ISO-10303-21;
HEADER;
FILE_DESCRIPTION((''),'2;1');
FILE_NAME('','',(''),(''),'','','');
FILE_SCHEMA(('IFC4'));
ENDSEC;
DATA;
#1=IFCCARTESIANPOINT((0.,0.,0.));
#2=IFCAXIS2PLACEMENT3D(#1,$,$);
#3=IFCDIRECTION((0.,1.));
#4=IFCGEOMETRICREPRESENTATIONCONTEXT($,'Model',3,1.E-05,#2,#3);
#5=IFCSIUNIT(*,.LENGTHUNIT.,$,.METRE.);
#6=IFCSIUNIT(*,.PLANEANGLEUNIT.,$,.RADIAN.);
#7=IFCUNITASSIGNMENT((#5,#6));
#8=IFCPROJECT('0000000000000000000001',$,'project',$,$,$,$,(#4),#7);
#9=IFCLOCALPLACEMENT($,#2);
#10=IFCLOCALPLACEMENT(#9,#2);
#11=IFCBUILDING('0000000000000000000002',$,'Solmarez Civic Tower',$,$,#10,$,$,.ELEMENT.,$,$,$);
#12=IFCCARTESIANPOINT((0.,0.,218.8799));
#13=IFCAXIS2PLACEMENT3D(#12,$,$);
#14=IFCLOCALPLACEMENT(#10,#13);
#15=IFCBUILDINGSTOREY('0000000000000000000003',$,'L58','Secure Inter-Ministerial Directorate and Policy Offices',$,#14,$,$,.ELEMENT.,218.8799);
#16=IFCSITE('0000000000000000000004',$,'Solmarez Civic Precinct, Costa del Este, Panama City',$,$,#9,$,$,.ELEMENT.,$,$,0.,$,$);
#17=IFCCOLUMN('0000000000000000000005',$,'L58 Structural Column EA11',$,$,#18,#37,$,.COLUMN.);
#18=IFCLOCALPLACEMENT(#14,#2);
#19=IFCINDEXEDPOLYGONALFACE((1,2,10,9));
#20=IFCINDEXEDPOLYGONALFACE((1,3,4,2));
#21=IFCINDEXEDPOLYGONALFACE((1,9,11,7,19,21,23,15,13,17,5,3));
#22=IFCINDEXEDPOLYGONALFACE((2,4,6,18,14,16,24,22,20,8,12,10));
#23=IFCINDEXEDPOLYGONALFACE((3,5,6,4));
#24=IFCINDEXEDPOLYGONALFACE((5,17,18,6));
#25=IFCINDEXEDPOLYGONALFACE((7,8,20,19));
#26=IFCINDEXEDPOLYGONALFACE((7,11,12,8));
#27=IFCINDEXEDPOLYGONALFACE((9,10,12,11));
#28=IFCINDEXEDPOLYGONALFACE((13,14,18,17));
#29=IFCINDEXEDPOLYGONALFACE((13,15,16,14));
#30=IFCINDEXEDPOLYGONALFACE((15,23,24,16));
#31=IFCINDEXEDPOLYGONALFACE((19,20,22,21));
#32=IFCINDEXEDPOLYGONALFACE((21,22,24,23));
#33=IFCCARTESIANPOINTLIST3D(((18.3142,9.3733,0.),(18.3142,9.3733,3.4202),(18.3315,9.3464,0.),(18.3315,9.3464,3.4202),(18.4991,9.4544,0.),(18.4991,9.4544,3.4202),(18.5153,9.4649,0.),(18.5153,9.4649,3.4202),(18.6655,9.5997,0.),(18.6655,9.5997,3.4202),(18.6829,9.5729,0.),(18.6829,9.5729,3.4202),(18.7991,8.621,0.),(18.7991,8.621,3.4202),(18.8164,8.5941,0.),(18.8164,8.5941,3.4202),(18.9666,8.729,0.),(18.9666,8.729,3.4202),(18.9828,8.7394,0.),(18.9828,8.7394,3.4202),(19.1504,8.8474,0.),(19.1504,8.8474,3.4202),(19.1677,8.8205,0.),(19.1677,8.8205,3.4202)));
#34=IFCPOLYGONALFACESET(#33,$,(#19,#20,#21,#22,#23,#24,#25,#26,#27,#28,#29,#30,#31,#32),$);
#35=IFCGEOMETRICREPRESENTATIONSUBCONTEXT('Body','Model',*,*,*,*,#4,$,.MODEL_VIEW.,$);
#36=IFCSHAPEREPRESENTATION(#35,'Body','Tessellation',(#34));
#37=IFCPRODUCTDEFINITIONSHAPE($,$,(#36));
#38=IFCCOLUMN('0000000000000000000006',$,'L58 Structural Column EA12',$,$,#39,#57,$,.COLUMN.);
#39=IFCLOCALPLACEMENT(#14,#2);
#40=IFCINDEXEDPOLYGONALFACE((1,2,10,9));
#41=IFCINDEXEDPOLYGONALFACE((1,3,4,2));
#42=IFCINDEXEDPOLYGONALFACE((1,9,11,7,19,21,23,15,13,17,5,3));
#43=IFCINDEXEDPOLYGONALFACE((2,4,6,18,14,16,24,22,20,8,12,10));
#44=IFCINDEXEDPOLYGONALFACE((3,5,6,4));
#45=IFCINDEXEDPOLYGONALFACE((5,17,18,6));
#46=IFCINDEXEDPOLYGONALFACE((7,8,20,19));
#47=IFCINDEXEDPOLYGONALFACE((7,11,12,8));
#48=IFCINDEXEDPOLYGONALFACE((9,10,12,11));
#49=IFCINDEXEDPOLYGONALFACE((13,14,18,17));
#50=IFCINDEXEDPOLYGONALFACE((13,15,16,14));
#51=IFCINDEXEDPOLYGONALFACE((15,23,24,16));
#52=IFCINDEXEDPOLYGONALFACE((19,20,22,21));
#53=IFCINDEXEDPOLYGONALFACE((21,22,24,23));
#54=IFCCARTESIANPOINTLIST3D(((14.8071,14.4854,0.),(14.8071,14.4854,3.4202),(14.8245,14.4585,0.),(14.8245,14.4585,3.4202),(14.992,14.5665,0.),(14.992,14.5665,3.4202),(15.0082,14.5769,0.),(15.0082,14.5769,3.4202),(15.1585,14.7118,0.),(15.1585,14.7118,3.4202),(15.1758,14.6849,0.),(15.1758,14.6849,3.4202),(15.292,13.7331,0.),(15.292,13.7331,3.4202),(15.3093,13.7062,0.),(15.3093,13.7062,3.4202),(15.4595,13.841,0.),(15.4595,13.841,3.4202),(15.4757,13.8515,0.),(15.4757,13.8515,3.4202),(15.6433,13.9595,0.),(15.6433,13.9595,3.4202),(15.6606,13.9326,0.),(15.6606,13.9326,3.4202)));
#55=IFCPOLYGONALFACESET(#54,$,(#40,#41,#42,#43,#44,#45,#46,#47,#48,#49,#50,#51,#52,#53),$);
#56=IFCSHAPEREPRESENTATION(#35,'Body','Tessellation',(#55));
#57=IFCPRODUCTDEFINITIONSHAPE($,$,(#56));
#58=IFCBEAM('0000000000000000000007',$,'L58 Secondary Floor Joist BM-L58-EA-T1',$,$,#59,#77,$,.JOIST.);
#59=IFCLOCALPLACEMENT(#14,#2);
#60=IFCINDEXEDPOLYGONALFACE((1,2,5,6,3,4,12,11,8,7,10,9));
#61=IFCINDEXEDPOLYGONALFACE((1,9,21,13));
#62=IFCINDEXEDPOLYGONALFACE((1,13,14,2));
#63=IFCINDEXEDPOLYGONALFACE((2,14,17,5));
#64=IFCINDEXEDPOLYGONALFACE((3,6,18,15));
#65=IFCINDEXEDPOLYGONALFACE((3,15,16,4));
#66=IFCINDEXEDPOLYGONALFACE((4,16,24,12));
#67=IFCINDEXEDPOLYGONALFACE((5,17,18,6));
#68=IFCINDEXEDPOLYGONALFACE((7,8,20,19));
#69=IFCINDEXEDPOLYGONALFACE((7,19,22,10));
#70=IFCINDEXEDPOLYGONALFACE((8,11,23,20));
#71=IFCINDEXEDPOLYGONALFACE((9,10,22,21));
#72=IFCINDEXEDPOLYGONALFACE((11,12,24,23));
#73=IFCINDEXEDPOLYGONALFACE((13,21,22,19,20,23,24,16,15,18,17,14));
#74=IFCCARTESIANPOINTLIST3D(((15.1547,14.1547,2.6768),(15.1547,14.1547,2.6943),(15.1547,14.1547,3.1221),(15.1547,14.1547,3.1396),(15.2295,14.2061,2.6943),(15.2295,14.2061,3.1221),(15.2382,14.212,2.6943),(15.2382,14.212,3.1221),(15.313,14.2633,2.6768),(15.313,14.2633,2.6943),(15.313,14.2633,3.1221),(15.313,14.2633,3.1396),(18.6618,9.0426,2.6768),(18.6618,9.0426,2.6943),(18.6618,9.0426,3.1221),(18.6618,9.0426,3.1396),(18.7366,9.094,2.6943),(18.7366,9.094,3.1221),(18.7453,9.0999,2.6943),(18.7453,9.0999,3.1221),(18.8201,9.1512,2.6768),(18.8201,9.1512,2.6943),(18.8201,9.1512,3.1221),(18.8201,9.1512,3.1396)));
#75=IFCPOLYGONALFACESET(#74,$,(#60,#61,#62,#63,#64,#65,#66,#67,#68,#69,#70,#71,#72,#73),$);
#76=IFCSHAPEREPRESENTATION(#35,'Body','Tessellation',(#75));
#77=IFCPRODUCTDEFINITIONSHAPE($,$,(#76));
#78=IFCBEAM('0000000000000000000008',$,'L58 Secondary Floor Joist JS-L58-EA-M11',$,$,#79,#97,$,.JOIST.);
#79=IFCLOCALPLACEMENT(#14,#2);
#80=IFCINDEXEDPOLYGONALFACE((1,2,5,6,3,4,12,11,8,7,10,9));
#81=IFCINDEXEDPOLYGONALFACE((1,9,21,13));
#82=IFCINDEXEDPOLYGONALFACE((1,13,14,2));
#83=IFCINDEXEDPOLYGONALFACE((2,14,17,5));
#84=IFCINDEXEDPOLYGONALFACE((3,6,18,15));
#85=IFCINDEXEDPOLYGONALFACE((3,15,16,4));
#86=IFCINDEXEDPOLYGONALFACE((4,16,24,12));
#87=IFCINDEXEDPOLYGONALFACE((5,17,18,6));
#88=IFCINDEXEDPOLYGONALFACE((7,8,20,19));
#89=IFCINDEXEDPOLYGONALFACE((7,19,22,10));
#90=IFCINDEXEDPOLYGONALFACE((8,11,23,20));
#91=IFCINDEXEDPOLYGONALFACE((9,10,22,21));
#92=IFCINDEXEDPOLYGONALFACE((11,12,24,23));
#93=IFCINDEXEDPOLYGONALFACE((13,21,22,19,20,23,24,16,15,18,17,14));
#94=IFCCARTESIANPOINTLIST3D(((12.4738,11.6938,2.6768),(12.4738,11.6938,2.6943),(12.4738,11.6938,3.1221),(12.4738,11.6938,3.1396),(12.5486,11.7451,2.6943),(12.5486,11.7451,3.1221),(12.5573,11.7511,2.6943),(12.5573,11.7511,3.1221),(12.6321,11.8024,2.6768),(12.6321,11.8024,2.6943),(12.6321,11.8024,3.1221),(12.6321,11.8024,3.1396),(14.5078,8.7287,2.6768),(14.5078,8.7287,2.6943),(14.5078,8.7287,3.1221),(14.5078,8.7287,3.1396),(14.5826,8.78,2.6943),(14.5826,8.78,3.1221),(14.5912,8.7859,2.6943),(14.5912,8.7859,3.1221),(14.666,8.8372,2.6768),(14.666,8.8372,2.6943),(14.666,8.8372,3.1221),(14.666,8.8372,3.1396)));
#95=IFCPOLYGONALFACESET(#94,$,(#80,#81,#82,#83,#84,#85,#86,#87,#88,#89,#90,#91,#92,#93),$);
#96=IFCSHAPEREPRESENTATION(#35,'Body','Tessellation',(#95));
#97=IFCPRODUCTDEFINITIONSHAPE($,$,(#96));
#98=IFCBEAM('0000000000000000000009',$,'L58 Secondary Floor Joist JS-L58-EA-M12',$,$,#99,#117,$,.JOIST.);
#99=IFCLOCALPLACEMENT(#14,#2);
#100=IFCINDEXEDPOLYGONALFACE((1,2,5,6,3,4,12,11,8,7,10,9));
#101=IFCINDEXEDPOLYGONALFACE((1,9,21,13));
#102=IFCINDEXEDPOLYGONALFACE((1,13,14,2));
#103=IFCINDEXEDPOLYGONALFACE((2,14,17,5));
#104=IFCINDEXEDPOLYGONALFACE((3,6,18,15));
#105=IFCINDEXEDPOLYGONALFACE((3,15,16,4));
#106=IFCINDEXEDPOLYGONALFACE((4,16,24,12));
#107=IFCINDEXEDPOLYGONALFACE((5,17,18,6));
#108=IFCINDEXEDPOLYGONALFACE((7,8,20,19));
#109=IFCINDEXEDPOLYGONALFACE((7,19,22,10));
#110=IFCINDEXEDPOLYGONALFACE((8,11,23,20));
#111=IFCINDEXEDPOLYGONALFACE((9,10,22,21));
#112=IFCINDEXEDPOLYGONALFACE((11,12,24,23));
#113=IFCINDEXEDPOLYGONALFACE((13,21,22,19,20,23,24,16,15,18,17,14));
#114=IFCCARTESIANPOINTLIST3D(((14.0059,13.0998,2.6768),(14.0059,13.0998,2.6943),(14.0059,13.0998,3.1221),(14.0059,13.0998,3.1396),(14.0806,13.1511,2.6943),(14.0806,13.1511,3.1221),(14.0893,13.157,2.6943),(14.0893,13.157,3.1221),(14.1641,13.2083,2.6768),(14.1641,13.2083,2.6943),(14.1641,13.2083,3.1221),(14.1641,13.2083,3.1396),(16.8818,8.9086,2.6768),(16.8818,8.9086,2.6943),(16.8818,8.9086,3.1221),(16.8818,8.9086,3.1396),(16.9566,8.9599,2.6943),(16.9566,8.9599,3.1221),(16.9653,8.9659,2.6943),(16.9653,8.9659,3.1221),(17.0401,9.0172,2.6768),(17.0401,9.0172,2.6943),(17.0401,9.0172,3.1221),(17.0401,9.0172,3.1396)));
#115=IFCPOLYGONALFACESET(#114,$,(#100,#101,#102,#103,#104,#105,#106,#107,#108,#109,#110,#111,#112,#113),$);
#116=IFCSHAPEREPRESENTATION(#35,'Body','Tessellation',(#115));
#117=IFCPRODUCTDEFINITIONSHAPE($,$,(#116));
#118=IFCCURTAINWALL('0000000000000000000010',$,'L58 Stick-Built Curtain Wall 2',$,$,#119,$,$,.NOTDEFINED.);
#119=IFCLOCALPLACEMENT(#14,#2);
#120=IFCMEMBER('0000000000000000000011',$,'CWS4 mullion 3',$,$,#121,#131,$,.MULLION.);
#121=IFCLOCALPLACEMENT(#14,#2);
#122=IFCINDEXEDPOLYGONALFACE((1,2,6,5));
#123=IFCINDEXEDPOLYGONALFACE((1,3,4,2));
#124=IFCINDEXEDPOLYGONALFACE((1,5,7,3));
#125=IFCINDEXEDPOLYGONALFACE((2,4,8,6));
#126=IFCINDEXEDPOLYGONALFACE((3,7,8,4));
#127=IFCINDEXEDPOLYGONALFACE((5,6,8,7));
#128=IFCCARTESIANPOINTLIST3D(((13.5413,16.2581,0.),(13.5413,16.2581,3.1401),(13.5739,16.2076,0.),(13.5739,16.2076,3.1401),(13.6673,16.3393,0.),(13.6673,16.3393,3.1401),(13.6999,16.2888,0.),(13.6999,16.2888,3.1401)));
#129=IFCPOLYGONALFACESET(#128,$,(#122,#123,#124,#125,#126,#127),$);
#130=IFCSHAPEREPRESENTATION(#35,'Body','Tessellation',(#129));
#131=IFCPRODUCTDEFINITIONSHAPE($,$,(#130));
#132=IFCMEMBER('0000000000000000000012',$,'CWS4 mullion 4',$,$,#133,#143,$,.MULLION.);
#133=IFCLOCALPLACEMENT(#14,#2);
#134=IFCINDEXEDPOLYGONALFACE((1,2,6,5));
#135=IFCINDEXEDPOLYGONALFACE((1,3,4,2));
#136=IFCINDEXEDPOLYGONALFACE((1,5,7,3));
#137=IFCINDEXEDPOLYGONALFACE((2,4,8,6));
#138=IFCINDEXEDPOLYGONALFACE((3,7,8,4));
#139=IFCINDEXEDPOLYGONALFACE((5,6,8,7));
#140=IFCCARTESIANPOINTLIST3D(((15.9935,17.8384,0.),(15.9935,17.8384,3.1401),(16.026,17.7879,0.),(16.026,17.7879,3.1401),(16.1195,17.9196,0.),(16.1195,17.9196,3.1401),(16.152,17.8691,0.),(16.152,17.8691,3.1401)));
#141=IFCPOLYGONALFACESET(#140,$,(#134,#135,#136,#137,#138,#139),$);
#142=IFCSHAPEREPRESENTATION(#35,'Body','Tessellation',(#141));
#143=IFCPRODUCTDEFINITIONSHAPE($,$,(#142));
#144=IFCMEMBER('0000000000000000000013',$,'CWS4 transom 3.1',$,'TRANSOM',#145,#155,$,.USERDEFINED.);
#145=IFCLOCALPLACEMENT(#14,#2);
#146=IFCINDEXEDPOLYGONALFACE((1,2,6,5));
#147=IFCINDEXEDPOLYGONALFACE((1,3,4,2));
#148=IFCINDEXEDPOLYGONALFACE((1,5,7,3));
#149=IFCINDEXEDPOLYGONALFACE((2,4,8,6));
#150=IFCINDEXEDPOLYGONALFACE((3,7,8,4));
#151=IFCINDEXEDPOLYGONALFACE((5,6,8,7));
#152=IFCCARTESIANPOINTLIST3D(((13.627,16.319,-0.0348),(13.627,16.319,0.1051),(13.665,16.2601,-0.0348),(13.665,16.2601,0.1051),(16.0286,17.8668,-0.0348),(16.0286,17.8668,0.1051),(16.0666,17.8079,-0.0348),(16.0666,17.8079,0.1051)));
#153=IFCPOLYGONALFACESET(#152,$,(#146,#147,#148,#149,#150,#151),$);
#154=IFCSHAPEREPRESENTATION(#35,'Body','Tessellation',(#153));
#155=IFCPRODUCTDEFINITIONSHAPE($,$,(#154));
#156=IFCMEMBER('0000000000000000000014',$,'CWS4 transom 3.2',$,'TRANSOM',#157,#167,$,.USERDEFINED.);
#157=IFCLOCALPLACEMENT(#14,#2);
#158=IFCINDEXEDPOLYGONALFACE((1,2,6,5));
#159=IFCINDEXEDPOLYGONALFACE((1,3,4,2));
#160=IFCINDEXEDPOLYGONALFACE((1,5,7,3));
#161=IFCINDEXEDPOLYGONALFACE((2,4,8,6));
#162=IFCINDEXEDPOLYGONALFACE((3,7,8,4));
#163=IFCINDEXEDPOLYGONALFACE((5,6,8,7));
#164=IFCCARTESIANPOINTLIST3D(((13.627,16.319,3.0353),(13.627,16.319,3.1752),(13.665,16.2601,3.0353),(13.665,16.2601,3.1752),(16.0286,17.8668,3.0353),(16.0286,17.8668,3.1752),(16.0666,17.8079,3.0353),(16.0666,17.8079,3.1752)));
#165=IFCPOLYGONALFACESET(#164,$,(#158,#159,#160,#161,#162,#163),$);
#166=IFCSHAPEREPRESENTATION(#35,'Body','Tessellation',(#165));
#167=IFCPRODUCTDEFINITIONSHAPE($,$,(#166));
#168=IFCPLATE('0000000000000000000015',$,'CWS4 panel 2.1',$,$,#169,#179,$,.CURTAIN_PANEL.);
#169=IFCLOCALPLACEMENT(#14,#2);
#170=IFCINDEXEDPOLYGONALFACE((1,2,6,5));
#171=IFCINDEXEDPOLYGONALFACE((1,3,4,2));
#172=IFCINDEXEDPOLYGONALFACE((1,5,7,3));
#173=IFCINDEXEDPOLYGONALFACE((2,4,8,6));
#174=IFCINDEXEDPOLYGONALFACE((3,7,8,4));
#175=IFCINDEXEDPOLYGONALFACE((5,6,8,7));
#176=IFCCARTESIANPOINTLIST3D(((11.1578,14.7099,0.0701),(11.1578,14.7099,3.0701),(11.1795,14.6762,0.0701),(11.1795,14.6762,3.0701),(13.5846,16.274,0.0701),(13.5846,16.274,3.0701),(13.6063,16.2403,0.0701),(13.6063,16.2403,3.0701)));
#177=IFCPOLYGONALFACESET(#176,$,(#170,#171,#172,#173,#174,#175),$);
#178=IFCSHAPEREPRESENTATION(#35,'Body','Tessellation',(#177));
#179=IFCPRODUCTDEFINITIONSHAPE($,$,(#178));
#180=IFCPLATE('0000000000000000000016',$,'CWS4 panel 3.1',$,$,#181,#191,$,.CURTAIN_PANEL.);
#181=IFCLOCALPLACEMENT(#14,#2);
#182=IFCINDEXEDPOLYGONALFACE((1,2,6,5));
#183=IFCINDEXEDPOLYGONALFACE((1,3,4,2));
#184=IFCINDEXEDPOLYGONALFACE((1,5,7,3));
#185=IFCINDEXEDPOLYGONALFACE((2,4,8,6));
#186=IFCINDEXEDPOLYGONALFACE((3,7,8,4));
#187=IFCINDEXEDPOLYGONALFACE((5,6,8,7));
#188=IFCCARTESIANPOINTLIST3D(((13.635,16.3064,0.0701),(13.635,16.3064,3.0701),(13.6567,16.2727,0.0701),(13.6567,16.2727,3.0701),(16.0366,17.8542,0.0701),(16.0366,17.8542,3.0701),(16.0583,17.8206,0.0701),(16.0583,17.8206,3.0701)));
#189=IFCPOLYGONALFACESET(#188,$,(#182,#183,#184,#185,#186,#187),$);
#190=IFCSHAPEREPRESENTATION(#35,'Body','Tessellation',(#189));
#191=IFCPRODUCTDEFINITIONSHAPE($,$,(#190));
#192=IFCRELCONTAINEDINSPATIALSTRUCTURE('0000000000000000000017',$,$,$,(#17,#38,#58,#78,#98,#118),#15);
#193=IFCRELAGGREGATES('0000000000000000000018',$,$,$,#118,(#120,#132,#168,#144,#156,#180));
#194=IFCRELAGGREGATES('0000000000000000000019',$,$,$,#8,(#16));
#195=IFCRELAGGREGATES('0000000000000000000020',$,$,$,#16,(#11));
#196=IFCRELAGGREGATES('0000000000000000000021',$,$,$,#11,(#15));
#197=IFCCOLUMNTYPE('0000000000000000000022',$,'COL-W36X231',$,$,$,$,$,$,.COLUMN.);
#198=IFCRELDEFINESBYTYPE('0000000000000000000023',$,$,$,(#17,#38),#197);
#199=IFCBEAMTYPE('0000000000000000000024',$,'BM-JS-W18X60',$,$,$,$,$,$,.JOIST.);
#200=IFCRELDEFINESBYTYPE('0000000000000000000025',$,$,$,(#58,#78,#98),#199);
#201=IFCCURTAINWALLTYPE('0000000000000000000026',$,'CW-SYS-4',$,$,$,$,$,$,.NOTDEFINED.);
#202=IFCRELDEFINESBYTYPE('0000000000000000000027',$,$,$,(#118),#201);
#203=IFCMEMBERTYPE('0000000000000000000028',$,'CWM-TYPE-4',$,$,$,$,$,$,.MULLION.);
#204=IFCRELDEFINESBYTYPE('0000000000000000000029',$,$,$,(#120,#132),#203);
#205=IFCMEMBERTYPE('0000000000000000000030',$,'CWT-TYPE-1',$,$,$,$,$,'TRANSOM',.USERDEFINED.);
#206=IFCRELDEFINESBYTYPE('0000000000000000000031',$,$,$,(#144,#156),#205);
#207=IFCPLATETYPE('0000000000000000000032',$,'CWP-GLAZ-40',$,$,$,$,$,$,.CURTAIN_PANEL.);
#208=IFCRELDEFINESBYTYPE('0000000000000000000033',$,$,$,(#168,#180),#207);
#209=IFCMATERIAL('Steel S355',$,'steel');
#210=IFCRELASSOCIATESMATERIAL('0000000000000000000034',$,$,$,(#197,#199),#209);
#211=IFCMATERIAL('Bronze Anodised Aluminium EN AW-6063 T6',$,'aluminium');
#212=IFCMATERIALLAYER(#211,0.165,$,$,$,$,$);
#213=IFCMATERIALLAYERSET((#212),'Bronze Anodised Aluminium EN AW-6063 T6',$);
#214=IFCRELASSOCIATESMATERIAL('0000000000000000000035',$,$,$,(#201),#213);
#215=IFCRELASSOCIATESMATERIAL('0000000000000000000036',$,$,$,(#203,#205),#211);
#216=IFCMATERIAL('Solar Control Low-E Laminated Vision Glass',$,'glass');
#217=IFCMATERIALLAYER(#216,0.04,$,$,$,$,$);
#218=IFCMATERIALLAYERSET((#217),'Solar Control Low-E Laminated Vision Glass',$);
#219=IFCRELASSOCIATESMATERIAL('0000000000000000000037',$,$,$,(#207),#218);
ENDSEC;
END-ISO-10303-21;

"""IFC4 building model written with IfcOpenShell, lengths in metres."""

from ifc_helpers import new_model, si_unit, direction, frame, origin, origin_2d, place, context, subcontext, project, spatial, rectangle, i_section, extrude, material, layer, layer_set, material_profile, profile_set, type_object, element, aggregate, save


model = new_model("IFC4")

# Units and contexts
model_context = context("Model", 3, precision=1e-05, world=origin(), true_north=direction((0.0, 1.0)))
body_context = subcontext(model_context, "Body", "Model", "MODEL_VIEW")
ifc_project = project(units=[si_unit("LENGTHUNIT", "METRE"), si_unit("PLANEANGLEUNIT", "RADIAN")], contexts=[model_context])

# Site, building, storey
site_placement = place(None, origin())
site = spatial("IfcSite", under=ifc_project, at=site_placement, Name="Solmarez Civic Precinct, Costa del Este, Panama City", CompositionType="ELEMENT", RefElevation=0.0)
building_placement = place(site_placement, origin())
building = spatial("IfcBuilding", under=site, at=building_placement, Name="Solmarez Civic Tower", CompositionType="ELEMENT")
storey_placement = place(building_placement, frame((0.0, 0.0, 218.8799)))
storey = spatial("IfcBuildingStorey", under=building, at=storey_placement, Name="L58", Description="Secure Inter-Ministerial Directorate and Policy Offices", CompositionType="ELEMENT", Elevation=218.8799)

# Columns
ifc_material_1 = material(Name="Steel S355", Category="steel")
ifc_material_profile_1 = material_profile(ifc_material_1, i_section(OverallWidth=0.418, OverallDepth=0.927, WebThickness=0.0193, FlangeThickness=0.032, at=origin_2d()), Name="W36X231")
ifc_profile_set_1 = profile_set([ifc_material_profile_1], Name="Steel S355")
column_type = type_object("IfcColumnType", Name="COL-W36X231", PredefinedType="COLUMN", material=ifc_profile_set_1)
for number, where, z_axis, x_axis, name in (
    (1, (18.741, 9.0969, 0.0), (0.0, 0.0, 1.0), (0.840567, 0.541708, 0.0), "L58 Structural Column EA11"),
    (2, (15.2339, 14.209, 0.0), (0.0, 0.0, 1.0), (0.840567, 0.541708, 0.0), "L58 Structural Column EA12"),
):
    element("IfcColumn", number, at=place(storey_placement, frame(where, z_axis=z_axis, x_axis=x_axis)), inside=storey, type_object=column_type, Name=name, PredefinedType="COLUMN", context=body_context, shape_type="SweptSolid", body=[
        extrude(i_section(OverallWidth=0.418, OverallDepth=0.927, WebThickness=0.0193, FlangeThickness=0.032, at=origin_2d()), origin(), (0.0, 0.0, 1.0), 3.4202),
    ])

# Beams
ifc_material_profile_2 = material_profile(ifc_material_1, i_section(OverallWidth=0.1919, OverallDepth=0.4629, WebThickness=0.0105, FlangeThickness=0.0176, at=origin_2d()), Name="W18X60")
ifc_profile_set_2 = profile_set([ifc_material_profile_2], Name="Steel S355")
beam_type = type_object("IfcBeamType", Name="BM-JS-W18X60", PredefinedType="JOIST", material=ifc_profile_set_2)
beam_1_placement = place(storey_placement, frame((18.741, 9.0969, 2.9082), z_axis=(-0.565711, 0.824603, 0.0), x_axis=(-0.824603, -0.565711, 0.0)))
element("IfcBeam", 3, at=beam_1_placement, inside=storey, type_object=beam_type, Name="L58 Secondary Floor Joist BM-L58-EA-T1", PredefinedType="JOIST", context=body_context, shape_type="SweptSolid", body=[
    extrude(i_section(OverallWidth=0.1919, OverallDepth=0.4629, WebThickness=0.0105, FlangeThickness=0.0176, at=origin_2d()), origin(), (0.0, 0.0, 1.0), 6.1995),
])
beam_2_placement = place(storey_placement, frame((14.5869, 8.783, 2.9082), z_axis=(-0.565667, 0.824634, 0.0), x_axis=(-0.824634, -0.565667, 0.0)))
element("IfcBeam", 4, at=beam_2_placement, inside=storey, type_object=beam_type, Name="L58 Secondary Floor Joist JS-L58-EA-M11", PredefinedType="JOIST", context=body_context, shape_type="SweptSolid", body=[
    extrude(i_section(OverallWidth=0.1919, OverallDepth=0.4629, WebThickness=0.0105, FlangeThickness=0.0176, at=origin_2d()), origin(), (0.0, 0.0, 1.0), 3.5957),
])
beam_3_placement = place(storey_placement, frame((16.9609, 8.9629, 2.9082), z_axis=(-0.565801, 0.824542, 0.0), x_axis=(-0.824542, -0.565801, 0.0)))
element("IfcBeam", 5, at=beam_3_placement, inside=storey, type_object=beam_type, Name="L58 Secondary Floor Joist JS-L58-EA-M12", PredefinedType="JOIST", context=body_context, shape_type="SweptSolid", body=[
    extrude(i_section(OverallWidth=0.1919, OverallDepth=0.4629, WebThickness=0.0105, FlangeThickness=0.0176, at=origin_2d()), origin(), (0.0, 0.0, 1.0), 5.083),
])

# Curtain wall, members, plates
ifc_material_2 = material(Name="Bronze Anodised Aluminium EN AW-6063 T6", Category="aluminium")
ifc_layer_1 = layer(ifc_material_2, 0.165)
ifc_layer_set_1 = layer_set([ifc_layer_1], Name="Bronze Anodised Aluminium EN AW-6063 T6")
curtain_wall_type = type_object("IfcCurtainWallType", Name="CW-SYS-4", PredefinedType="NOTDEFINED", material=ifc_layer_set_1)
curtain_wall_placement = place(storey_placement, origin())
curtain_wall = element("IfcCurtainWall", 6, at=curtain_wall_placement, inside=storey, type_object=curtain_wall_type, Name="L58 Stick-Built Curtain Wall 2", PredefinedType="NOTDEFINED")
ifc_material_profile_3 = material_profile(ifc_material_2, rectangle(XDim=0.0601, YDim=0.1499, at=origin_2d()), Name="CWM-60X150")
ifc_profile_set_3 = profile_set([ifc_material_profile_3], Name="Bronze Anodised Aluminium EN AW-6063 T6")
member_type_1 = type_object("IfcMemberType", Name="CWM-TYPE-4", PredefinedType="MULLION", material=ifc_profile_set_3)
member_1_placement = place(storey_placement, frame((13.6206, 16.2734, 0.0), z_axis=(0.0, 0.0, 1.0), x_axis=(-0.54174, 0.840546, 0.0)))
member_1 = element("IfcMember", 7, at=member_1_placement, type_object=member_type_1, Name="CWS4 mullion 3", PredefinedType="MULLION", context=body_context, shape_type="SweptSolid", body=[
    extrude(rectangle(XDim=0.0601, YDim=0.1499, at=origin_2d()), origin(), (0.0, 0.0, 1.0), 3.1401),
])
member_2_placement = place(storey_placement, frame((16.0728, 17.8538, 0.0), z_axis=(0.0, 0.0, 1.0), x_axis=(-0.54174, 0.840546, 0.0)))
member_2 = element("IfcMember", 8, at=member_2_placement, type_object=member_type_1, Name="CWS4 mullion 4", PredefinedType="MULLION", context=body_context, shape_type="SweptSolid", body=[
    extrude(rectangle(XDim=0.0601, YDim=0.1499, at=origin_2d()), origin(), (0.0, 0.0, 1.0), 3.1401),
])
ifc_material_profile_4 = material_profile(ifc_material_2, rectangle(XDim=0.0701, YDim=0.1399, at=origin_2d()), Name="CWT-70X140")
ifc_profile_set_4 = profile_set([ifc_material_profile_4], Name="Bronze Anodised Aluminium EN AW-6063 T6")
member_type_2 = type_object("IfcMemberType", Name="CWT-TYPE-1", ElementType="TRANSOM", PredefinedType="USERDEFINED", material=ifc_profile_set_4)
member_3_placement = place(storey_placement, frame((13.646, 16.2896, 0.0352), z_axis=(0.840548, 0.541738, 0.0), x_axis=(-0.541738, 0.840548, 0.0)))
member_3 = element("IfcMember", 9, at=member_3_placement, type_object=member_type_2, Name="CWS4 transom 3.1", ObjectType="TRANSOM", PredefinedType="USERDEFINED", context=body_context, shape_type="SweptSolid", body=[
    extrude(rectangle(XDim=0.0701, YDim=0.1399, at=origin_2d()), origin(), (0.0, 0.0, 1.0), 2.8572),
])
member_4_placement = place(storey_placement, frame((13.646, 16.2896, 3.1052), z_axis=(0.840548, 0.541738, 0.0), x_axis=(-0.541738, 0.840548, 0.0)))
member_4 = element("IfcMember", 10, at=member_4_placement, type_object=member_type_2, Name="CWS4 transom 3.2", ObjectType="TRANSOM", PredefinedType="USERDEFINED", context=body_context, shape_type="SweptSolid", body=[
    extrude(rectangle(XDim=0.0701, YDim=0.1399, at=origin_2d()), origin(), (0.0, 0.0, 1.0), 2.8572),
])
ifc_material_3 = material(Name="Solar Control Low-E Laminated Vision Glass", Category="glass")
ifc_layer_2 = layer(ifc_material_3, 0.04)
ifc_layer_set_2 = layer_set([ifc_layer_2], Name="Solar Control Low-E Laminated Vision Glass")
plate_type = type_object("IfcPlateType", Name="CWP-GLAZ-40", PredefinedType="CURTAIN_PANEL", material=ifc_layer_set_2)
plate_1_placement = place(storey_placement, frame((12.3821, 15.4751, 0.0701), z_axis=(0.0, 0.0, 1.0), x_axis=(0.840546, 0.54174, 0.0)))
plate_1 = element("IfcPlate", 11, at=plate_1_placement, type_object=plate_type, Name="CWS4 panel 2.1", PredefinedType="CURTAIN_PANEL", context=body_context, shape_type="SweptSolid", body=[
    extrude(rectangle(XDim=2.8872, YDim=0.04, at=origin_2d()), origin(), (0.0, 0.0, 1.0), 3.0),
])
plate_2_placement = place(storey_placement, frame((14.8467, 17.0635, 0.0701), z_axis=(0.0, 0.0, 1.0), x_axis=(0.840546, 0.54174, 0.0)))
plate_2 = element("IfcPlate", 12, at=plate_2_placement, type_object=plate_type, Name="CWS4 panel 3.1", PredefinedType="CURTAIN_PANEL", context=body_context, shape_type="SweptSolid", body=[
    extrude(rectangle(XDim=2.8572, YDim=0.04, at=origin_2d()), origin(), (0.0, 0.0, 1.0), 3.0),
])
aggregate(curtain_wall, [member_1, member_2, plate_1, member_3, member_4, plate_2])

save(model, "model.ifc")
